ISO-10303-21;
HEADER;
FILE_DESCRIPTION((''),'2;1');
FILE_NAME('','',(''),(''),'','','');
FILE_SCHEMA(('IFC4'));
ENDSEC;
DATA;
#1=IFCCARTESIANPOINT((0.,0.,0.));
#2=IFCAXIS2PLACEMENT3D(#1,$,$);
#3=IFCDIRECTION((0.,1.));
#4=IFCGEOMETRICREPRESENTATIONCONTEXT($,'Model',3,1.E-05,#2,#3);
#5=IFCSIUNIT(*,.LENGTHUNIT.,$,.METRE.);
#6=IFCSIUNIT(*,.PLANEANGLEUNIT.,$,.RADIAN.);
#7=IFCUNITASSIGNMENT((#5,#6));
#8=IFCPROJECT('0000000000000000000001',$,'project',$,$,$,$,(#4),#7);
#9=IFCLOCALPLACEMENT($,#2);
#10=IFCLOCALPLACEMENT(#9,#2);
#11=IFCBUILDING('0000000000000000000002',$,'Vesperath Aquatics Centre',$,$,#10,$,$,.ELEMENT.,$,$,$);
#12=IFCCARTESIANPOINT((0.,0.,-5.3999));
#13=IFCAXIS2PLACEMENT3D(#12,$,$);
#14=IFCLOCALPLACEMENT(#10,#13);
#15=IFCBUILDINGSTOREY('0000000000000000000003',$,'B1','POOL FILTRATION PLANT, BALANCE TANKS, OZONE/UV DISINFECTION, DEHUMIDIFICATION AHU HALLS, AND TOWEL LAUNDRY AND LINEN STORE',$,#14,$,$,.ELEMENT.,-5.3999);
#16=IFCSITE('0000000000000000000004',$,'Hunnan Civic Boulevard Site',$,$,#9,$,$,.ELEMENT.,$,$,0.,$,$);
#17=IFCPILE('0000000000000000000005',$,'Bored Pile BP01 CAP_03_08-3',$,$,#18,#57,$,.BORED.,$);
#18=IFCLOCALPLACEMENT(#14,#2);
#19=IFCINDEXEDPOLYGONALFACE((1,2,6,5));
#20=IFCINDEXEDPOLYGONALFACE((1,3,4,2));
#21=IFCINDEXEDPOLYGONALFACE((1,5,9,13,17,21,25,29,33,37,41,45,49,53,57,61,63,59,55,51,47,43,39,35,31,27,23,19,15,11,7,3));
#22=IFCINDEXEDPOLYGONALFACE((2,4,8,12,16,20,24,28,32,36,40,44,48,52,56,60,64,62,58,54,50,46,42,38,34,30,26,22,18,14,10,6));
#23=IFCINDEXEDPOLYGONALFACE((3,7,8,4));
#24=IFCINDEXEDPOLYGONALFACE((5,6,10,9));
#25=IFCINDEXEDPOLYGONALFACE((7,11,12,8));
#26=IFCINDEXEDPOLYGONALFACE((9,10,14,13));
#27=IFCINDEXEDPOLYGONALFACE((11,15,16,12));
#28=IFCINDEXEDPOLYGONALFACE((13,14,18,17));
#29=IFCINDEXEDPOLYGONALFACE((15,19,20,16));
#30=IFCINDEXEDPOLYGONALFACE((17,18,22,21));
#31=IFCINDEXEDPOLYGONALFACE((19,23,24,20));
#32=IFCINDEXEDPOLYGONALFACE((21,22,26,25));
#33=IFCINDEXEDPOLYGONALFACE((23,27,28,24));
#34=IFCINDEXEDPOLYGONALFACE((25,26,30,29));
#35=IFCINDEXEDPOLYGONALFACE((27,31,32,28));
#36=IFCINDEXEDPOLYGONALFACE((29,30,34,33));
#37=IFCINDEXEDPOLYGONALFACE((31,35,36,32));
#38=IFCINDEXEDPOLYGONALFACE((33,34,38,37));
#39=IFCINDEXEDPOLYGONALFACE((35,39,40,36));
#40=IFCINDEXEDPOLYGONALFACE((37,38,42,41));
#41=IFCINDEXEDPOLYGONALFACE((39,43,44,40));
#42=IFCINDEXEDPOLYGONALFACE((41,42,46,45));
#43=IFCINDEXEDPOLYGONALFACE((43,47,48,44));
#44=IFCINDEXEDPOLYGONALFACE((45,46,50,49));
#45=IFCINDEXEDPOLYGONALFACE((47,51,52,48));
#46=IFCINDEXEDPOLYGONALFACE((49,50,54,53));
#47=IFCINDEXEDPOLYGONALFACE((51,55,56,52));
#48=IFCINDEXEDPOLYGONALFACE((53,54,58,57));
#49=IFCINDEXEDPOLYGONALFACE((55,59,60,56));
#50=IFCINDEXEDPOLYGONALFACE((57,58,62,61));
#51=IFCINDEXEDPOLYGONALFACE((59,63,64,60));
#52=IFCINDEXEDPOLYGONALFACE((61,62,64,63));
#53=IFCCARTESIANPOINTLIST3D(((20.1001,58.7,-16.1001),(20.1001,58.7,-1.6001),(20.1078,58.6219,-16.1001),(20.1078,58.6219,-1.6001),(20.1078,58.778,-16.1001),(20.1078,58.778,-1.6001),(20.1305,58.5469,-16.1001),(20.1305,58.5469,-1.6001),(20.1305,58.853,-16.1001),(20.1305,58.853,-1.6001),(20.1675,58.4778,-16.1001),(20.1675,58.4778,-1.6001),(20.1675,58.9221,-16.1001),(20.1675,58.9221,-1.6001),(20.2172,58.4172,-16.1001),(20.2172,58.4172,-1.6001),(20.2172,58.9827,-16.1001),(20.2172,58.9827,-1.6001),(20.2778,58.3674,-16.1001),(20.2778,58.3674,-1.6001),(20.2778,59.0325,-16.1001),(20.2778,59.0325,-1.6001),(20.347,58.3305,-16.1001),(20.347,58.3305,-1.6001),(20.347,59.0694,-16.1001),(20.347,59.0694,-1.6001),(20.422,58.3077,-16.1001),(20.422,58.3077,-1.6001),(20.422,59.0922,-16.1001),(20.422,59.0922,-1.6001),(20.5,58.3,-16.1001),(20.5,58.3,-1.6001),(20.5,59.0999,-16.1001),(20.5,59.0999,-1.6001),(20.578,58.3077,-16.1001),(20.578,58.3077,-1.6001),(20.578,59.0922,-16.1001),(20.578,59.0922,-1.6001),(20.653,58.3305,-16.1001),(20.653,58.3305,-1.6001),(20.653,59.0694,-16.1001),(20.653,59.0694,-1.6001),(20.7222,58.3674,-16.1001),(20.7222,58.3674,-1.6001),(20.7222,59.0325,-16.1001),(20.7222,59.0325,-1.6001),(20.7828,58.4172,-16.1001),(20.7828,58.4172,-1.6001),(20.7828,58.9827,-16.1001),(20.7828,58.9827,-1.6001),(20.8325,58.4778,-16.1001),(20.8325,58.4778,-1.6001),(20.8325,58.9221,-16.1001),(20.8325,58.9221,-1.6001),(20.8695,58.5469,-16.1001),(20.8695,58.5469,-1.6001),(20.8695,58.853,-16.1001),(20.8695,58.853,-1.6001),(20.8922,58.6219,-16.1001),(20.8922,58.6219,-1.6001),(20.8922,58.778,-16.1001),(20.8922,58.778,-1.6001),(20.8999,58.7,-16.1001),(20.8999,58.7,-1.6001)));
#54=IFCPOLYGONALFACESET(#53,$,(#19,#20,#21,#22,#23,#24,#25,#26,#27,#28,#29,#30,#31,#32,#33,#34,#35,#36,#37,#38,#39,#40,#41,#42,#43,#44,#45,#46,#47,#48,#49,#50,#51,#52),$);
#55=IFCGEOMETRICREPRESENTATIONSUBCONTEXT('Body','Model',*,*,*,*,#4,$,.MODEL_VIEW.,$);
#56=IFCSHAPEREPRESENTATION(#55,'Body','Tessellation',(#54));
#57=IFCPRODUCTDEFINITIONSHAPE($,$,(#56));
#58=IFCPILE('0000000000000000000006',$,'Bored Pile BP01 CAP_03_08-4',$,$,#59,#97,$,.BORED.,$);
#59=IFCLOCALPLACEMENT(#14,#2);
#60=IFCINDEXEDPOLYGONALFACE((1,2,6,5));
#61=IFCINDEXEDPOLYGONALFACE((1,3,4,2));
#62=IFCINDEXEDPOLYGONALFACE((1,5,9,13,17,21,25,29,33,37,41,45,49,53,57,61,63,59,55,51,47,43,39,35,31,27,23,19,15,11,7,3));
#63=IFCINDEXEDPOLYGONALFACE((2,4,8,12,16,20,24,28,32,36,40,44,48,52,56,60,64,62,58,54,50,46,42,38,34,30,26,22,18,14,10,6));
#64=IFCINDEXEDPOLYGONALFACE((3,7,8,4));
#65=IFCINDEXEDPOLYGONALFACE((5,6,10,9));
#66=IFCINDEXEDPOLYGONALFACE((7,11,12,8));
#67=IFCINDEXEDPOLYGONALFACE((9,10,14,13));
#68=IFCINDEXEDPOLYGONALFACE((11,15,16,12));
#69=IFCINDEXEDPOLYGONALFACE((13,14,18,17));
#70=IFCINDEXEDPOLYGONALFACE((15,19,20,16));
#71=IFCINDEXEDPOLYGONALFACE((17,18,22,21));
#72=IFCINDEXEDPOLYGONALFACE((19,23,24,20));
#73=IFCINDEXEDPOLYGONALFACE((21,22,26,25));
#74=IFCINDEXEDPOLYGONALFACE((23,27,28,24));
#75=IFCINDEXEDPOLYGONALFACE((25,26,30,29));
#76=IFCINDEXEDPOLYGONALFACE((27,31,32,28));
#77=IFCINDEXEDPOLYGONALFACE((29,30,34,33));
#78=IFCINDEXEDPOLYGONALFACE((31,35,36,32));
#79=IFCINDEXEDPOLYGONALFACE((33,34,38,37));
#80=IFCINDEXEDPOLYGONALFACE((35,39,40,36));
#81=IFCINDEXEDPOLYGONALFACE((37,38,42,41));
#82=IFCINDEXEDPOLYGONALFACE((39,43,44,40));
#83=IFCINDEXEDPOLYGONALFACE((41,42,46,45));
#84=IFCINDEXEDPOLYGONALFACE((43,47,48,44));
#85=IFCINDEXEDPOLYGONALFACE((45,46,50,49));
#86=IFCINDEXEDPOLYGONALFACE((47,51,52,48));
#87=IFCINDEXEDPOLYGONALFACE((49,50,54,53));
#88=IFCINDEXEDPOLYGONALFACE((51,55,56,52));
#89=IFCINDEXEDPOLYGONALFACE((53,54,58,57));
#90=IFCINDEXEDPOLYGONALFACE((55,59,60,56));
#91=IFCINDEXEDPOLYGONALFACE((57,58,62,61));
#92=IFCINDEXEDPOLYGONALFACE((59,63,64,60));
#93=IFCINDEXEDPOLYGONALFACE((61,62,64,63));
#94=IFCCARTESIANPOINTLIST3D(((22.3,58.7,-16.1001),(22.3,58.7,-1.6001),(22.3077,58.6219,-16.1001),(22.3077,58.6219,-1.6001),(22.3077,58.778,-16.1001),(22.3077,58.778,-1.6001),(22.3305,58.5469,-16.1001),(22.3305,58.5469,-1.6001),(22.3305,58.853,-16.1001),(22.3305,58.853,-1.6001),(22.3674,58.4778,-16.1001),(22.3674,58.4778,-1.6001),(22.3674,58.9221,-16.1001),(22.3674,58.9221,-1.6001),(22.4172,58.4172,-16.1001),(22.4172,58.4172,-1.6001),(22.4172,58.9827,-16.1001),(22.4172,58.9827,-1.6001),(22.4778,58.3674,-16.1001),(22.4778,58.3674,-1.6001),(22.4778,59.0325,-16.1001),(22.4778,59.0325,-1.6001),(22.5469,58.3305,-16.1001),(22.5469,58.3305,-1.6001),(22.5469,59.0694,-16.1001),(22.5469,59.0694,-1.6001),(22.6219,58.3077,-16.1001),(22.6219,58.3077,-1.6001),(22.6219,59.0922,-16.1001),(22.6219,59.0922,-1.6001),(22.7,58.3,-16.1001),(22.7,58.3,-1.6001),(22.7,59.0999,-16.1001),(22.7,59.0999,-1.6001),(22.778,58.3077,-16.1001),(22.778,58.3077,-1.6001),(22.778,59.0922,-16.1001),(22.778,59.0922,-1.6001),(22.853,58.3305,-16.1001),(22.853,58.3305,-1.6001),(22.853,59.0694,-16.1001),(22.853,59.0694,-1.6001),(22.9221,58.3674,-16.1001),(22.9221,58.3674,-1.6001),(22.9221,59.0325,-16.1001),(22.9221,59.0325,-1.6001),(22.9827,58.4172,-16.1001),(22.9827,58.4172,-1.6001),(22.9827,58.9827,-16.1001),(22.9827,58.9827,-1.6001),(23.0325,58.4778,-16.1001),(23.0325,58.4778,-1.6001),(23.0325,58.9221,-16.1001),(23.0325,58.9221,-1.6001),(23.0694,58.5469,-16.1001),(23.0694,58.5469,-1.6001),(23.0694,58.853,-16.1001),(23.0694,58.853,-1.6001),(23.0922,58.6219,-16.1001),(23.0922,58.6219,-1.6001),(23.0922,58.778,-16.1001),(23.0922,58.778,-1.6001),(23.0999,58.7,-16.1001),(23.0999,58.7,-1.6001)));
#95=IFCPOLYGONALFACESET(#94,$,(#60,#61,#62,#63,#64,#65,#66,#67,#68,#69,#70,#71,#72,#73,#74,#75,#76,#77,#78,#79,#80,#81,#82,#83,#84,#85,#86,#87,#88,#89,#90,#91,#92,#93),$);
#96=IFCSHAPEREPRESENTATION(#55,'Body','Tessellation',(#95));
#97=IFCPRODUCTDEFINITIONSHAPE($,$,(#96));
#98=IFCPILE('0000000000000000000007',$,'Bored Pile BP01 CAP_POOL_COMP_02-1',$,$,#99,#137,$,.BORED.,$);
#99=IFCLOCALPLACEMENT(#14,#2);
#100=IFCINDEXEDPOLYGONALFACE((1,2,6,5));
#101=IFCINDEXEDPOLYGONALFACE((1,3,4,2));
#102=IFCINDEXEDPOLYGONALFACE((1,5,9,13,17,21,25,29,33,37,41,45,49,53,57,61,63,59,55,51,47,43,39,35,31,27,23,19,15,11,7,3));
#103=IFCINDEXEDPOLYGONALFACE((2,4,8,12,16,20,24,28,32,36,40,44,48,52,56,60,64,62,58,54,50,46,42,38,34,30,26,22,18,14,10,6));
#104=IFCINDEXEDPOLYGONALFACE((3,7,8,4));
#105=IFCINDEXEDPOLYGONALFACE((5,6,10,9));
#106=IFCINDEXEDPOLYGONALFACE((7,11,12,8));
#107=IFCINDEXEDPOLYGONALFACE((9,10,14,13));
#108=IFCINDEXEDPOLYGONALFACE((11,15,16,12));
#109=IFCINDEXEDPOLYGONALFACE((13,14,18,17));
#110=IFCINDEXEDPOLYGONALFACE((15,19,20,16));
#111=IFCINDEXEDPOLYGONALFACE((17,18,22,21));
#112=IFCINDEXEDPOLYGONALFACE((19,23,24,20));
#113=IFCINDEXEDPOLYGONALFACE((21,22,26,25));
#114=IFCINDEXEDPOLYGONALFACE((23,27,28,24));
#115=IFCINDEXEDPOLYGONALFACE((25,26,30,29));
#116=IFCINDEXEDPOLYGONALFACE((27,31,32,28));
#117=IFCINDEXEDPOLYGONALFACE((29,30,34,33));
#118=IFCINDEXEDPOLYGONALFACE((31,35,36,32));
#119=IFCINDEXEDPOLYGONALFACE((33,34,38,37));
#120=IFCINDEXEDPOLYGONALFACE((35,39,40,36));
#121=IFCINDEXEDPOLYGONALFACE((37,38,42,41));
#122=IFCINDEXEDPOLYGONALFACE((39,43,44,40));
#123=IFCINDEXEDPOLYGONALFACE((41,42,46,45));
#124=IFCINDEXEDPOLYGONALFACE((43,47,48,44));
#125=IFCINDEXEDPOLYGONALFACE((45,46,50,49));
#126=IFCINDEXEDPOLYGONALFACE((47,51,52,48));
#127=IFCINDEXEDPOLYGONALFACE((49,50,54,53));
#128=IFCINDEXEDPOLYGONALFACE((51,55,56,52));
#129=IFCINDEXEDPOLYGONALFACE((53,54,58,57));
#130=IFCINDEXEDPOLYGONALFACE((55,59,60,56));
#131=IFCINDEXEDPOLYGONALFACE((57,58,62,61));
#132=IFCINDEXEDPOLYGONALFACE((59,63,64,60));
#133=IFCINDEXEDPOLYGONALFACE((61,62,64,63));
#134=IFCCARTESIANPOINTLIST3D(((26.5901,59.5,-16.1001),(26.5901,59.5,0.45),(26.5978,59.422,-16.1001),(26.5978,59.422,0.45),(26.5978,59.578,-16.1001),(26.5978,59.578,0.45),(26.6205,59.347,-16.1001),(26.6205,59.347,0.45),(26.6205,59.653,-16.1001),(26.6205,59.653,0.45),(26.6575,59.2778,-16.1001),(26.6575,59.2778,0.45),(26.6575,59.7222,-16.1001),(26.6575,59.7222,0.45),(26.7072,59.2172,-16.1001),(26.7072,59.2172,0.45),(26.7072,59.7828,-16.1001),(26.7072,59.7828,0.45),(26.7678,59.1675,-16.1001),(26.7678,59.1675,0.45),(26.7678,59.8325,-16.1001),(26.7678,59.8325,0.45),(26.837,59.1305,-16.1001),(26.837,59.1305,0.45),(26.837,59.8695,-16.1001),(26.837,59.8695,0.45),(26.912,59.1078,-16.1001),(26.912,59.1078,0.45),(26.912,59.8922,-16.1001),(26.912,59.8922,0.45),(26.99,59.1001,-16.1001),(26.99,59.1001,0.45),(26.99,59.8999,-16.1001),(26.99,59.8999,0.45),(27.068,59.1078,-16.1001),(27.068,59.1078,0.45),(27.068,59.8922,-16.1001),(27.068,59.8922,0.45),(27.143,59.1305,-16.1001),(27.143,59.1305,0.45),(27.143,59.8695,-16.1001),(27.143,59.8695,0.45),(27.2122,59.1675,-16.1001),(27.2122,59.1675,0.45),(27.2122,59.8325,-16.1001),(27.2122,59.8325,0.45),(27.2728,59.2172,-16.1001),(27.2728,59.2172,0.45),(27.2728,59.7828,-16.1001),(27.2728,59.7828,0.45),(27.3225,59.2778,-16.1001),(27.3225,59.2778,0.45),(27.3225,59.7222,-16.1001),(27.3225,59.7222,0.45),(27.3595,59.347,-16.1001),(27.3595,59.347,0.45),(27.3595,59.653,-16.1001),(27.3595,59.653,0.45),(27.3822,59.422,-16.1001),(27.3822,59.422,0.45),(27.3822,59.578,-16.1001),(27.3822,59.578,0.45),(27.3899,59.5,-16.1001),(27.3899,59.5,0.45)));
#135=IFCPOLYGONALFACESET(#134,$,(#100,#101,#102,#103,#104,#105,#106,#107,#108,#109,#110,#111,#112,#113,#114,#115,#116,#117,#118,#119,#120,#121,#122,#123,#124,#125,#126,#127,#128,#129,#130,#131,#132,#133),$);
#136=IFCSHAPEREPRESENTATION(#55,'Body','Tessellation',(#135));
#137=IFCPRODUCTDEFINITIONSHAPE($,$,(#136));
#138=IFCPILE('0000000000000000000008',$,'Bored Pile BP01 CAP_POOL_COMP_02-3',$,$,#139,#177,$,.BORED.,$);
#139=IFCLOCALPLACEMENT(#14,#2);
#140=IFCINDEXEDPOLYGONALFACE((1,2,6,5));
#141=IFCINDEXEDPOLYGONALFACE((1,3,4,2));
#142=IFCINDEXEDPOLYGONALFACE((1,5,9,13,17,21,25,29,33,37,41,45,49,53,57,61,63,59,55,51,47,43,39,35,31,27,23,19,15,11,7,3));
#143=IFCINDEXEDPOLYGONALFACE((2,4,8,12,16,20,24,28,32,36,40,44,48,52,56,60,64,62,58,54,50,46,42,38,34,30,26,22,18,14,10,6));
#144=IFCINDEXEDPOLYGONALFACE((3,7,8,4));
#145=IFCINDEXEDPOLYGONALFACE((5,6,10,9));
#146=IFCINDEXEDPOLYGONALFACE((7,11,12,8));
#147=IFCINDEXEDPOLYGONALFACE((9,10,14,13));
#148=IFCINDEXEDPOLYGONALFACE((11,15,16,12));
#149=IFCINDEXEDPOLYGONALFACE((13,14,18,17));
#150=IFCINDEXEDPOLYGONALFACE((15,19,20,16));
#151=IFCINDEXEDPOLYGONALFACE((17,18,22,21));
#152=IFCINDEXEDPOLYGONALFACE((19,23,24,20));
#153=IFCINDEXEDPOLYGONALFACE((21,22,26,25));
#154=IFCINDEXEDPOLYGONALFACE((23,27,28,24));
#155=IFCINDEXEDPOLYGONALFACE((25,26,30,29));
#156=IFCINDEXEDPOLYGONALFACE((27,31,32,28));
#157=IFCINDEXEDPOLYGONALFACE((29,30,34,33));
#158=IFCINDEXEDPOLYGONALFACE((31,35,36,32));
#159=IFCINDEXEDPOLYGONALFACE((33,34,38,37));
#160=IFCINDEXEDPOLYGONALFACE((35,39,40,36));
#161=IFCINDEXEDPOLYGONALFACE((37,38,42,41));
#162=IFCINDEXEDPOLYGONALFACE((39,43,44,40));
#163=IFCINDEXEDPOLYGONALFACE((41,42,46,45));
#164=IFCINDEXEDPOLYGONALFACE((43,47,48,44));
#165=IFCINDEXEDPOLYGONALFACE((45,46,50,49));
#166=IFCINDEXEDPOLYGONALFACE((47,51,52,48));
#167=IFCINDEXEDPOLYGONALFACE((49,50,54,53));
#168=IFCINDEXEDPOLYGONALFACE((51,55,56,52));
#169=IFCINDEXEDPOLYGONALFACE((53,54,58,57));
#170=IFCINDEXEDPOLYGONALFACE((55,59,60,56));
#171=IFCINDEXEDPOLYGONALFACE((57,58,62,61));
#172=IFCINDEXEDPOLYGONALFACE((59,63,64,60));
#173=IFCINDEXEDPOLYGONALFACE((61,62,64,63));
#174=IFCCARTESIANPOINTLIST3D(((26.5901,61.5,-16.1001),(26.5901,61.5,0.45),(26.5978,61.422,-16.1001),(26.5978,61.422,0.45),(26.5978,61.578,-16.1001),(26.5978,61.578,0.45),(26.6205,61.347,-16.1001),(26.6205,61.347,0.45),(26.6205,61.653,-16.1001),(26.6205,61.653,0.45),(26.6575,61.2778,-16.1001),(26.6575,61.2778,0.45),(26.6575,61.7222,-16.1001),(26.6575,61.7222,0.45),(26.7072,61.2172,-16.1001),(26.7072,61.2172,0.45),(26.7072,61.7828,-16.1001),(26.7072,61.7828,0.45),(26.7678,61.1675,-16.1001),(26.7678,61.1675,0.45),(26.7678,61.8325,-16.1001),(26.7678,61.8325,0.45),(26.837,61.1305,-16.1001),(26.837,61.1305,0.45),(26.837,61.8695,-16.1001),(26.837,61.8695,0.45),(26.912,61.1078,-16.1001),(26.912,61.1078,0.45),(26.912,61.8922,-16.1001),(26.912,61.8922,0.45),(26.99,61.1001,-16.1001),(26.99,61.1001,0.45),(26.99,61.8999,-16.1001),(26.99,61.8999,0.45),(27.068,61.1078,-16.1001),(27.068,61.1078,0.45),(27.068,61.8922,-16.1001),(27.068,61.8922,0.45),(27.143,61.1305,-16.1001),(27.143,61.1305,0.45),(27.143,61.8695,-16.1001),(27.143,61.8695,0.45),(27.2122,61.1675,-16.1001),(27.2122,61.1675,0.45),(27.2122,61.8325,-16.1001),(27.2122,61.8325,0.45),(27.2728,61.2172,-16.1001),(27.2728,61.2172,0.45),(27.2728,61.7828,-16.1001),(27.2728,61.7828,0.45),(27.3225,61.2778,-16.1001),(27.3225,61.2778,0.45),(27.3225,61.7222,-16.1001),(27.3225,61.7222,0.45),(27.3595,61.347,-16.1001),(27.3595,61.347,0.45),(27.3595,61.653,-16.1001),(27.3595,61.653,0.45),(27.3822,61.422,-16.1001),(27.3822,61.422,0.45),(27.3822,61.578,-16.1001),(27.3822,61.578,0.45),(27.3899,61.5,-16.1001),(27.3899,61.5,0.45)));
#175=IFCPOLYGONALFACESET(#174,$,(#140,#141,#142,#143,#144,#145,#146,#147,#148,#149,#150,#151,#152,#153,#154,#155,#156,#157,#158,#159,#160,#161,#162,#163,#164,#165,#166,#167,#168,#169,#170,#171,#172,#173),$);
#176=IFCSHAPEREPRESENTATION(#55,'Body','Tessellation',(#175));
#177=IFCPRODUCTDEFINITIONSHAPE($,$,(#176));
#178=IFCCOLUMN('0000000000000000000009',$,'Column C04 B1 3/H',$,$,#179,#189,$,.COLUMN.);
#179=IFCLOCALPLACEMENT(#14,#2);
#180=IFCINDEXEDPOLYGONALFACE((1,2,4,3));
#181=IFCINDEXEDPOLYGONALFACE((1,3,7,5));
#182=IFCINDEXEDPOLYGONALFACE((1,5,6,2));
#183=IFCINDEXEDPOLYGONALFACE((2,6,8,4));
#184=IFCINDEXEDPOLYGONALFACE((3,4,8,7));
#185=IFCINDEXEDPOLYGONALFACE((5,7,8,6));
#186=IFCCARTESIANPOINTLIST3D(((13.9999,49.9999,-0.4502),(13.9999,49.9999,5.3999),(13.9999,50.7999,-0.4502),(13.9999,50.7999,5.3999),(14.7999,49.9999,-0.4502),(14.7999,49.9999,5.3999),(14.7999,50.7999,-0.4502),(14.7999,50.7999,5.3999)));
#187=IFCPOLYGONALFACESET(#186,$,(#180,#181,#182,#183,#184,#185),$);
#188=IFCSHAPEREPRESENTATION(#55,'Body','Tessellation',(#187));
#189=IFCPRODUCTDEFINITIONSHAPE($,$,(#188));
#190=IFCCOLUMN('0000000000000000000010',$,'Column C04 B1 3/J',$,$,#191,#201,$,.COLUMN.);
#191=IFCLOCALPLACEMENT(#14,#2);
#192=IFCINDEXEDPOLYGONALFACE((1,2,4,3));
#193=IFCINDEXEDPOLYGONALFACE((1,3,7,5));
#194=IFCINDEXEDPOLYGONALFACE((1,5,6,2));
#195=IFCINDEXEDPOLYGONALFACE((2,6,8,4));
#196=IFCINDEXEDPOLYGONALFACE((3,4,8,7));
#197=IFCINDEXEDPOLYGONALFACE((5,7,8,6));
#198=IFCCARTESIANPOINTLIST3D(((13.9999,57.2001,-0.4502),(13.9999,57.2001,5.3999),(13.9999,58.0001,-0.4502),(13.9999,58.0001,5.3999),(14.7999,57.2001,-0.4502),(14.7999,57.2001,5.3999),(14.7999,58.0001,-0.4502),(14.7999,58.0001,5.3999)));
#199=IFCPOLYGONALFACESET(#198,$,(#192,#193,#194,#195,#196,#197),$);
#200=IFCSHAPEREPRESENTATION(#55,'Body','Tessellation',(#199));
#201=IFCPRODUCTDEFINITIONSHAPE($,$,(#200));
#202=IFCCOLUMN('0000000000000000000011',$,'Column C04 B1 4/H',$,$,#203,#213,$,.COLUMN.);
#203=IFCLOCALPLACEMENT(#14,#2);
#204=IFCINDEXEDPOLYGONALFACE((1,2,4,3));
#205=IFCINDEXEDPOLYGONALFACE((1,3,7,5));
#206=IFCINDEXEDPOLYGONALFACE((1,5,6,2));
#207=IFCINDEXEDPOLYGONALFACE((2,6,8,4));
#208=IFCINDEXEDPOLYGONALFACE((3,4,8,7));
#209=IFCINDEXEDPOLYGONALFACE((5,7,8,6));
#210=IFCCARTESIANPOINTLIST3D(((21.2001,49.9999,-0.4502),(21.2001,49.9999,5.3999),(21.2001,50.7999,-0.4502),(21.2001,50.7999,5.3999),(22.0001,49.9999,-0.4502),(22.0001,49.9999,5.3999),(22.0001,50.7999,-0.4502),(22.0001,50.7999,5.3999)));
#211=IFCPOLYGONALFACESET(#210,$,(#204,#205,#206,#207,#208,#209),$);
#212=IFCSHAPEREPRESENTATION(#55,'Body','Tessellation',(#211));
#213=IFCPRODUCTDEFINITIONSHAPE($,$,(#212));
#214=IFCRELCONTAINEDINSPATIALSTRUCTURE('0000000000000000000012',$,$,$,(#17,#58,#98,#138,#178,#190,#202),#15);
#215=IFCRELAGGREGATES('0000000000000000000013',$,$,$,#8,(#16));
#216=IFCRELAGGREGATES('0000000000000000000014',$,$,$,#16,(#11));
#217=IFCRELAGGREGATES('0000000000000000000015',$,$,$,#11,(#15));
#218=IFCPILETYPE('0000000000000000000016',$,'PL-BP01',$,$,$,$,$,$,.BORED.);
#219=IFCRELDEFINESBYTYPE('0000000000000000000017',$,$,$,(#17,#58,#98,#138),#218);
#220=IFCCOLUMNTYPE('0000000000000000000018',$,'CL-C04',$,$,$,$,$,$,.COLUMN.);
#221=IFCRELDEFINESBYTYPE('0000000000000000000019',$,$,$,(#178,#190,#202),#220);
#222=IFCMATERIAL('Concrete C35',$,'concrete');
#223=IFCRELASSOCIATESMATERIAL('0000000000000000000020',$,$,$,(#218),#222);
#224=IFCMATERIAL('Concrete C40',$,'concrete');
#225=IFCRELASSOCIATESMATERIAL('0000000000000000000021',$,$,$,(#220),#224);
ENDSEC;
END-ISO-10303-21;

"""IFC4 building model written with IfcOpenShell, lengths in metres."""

from ifc_helpers import new_model, si_unit, direction, frame, origin, origin_2d, place, context, subcontext, project, spatial, rectangle, circle, extrude, material, material_profile, profile_set, type_object, element, save


model = new_model("IFC4")

# Units and contexts
model_context = context("Model", 3, precision=1e-05, world=origin(), true_north=direction((0.0, 1.0)))
body_context = subcontext(model_context, "Body", "Model", "MODEL_VIEW")
ifc_project = project(units=[si_unit("LENGTHUNIT", "METRE"), si_unit("PLANEANGLEUNIT", "RADIAN")], contexts=[model_context])

# Site, building, storey
site_placement = place(None, origin())
site = spatial("IfcSite", under=ifc_project, at=site_placement, Name="Hunnan Civic Boulevard Site", CompositionType="ELEMENT", RefElevation=0.0)
building_placement = place(site_placement, origin())
building = spatial("IfcBuilding", under=site, at=building_placement, Name="Vesperath Aquatics Centre", CompositionType="ELEMENT")
storey_placement = place(building_placement, frame((0.0, 0.0, -5.3999)))
storey = spatial("IfcBuildingStorey", under=building, at=storey_placement, Name="B1", Description="POOL FILTRATION PLANT, BALANCE TANKS, OZONE/UV DISINFECTION, DEHUMIDIFICATION AHU HALLS, AND TOWEL LAUNDRY AND LINEN STORE", CompositionType="ELEMENT", Elevation=-5.3999)

# Shared definitions
ifc_material_1 = material(Name="Concrete C40", Category="concrete")

# Piles
ifc_material_2 = material(Name="Concrete C35", Category="concrete")
ifc_material_profile_1 = material_profile(ifc_material_2, circle(Radius=0.3999, at=origin_2d()), Name="PILE D800")
ifc_profile_set_1 = profile_set([ifc_material_profile_1], Name="Concrete C35")
pile_type = type_object("IfcPileType", Name="PL-BP01", PredefinedType="BORED", material=ifc_profile_set_1)
for number, where, z_axis, x_axis, name in (
    (1, (20.5, 58.7, -1.6001), (0.0, 0.0, -1.0), (1.0, 0.0, 0.0), "Bored Pile BP01 CAP_03_08-3"),
    (2, (22.7, 58.7, -1.6001), (0.0, 0.0, -1.0), (1.0, 0.0, 0.0), "Bored Pile BP01 CAP_03_08-4"),
):
    element("IfcPile", number, at=place(storey_placement, frame(where, z_axis=z_axis, x_axis=x_axis)), inside=storey, type_object=pile_type, Name=name, PredefinedType="BORED", context=body_context, shape_type="SweptSolid", body=[
        extrude(circle(Radius=0.3999, at=origin_2d()), origin(), (0.0, 0.0, 1.0), 14.5),
    ])
for number, where, z_axis, x_axis, name in (
    (3, (26.99, 59.5, 0.45), (0.0, 0.0, -1.0), (1.0, 0.0, 0.0), "Bored Pile BP01 CAP_POOL_COMP_02-1"),
    (4, (26.99, 61.5, 0.45), (0.0, 0.0, -1.0), (1.0, 0.0, 0.0), "Bored Pile BP01 CAP_POOL_COMP_02-3"),
):
    element("IfcPile", number, at=place(storey_placement, frame(where, z_axis=z_axis, x_axis=x_axis)), inside=storey, type_object=pile_type, Name=name, PredefinedType="BORED", context=body_context, shape_type="SweptSolid", body=[
        extrude(circle(Radius=0.3999, at=origin_2d()), origin(), (0.0, 0.0, 1.0), 16.55),
    ])

# Columns
ifc_material_profile_2 = material_profile(ifc_material_1, rectangle(XDim=0.8, YDim=0.8, at=origin_2d()), Name="RC 800x800")
ifc_profile_set_2 = profile_set([ifc_material_profile_2], Name="Concrete C40")
column_type = type_object("IfcColumnType", Name="CL-C04", PredefinedType="COLUMN", material=ifc_profile_set_2)
for number, where, z_axis, x_axis, name in (
    (5, (14.3999, 50.3999, -0.4502), (0.0, 0.0, 1.0), (1.0, 0.0, 0.0), "Column C04 B1 3/H"),
    (6, (14.3999, 57.6001, -0.4502), (0.0, 0.0, 1.0), (1.0, 0.0, 0.0), "Column C04 B1 3/J"),
    (7, (21.6001, 50.3999, -0.4502), (0.0, 0.0, 1.0), (1.0, 0.0, 0.0), "Column C04 B1 4/H"),
):
    element("IfcColumn", number, at=place(storey_placement, frame(where, z_axis=z_axis, x_axis=x_axis)), inside=storey, type_object=column_type, Name=name, PredefinedType="COLUMN", context=body_context, shape_type="SweptSolid", body=[
        extrude(rectangle(XDim=0.8, YDim=0.8, at=origin_2d()), origin(), (0.0, 0.0, 1.0), 5.8501),
    ])

save(model, "model.ifc")
